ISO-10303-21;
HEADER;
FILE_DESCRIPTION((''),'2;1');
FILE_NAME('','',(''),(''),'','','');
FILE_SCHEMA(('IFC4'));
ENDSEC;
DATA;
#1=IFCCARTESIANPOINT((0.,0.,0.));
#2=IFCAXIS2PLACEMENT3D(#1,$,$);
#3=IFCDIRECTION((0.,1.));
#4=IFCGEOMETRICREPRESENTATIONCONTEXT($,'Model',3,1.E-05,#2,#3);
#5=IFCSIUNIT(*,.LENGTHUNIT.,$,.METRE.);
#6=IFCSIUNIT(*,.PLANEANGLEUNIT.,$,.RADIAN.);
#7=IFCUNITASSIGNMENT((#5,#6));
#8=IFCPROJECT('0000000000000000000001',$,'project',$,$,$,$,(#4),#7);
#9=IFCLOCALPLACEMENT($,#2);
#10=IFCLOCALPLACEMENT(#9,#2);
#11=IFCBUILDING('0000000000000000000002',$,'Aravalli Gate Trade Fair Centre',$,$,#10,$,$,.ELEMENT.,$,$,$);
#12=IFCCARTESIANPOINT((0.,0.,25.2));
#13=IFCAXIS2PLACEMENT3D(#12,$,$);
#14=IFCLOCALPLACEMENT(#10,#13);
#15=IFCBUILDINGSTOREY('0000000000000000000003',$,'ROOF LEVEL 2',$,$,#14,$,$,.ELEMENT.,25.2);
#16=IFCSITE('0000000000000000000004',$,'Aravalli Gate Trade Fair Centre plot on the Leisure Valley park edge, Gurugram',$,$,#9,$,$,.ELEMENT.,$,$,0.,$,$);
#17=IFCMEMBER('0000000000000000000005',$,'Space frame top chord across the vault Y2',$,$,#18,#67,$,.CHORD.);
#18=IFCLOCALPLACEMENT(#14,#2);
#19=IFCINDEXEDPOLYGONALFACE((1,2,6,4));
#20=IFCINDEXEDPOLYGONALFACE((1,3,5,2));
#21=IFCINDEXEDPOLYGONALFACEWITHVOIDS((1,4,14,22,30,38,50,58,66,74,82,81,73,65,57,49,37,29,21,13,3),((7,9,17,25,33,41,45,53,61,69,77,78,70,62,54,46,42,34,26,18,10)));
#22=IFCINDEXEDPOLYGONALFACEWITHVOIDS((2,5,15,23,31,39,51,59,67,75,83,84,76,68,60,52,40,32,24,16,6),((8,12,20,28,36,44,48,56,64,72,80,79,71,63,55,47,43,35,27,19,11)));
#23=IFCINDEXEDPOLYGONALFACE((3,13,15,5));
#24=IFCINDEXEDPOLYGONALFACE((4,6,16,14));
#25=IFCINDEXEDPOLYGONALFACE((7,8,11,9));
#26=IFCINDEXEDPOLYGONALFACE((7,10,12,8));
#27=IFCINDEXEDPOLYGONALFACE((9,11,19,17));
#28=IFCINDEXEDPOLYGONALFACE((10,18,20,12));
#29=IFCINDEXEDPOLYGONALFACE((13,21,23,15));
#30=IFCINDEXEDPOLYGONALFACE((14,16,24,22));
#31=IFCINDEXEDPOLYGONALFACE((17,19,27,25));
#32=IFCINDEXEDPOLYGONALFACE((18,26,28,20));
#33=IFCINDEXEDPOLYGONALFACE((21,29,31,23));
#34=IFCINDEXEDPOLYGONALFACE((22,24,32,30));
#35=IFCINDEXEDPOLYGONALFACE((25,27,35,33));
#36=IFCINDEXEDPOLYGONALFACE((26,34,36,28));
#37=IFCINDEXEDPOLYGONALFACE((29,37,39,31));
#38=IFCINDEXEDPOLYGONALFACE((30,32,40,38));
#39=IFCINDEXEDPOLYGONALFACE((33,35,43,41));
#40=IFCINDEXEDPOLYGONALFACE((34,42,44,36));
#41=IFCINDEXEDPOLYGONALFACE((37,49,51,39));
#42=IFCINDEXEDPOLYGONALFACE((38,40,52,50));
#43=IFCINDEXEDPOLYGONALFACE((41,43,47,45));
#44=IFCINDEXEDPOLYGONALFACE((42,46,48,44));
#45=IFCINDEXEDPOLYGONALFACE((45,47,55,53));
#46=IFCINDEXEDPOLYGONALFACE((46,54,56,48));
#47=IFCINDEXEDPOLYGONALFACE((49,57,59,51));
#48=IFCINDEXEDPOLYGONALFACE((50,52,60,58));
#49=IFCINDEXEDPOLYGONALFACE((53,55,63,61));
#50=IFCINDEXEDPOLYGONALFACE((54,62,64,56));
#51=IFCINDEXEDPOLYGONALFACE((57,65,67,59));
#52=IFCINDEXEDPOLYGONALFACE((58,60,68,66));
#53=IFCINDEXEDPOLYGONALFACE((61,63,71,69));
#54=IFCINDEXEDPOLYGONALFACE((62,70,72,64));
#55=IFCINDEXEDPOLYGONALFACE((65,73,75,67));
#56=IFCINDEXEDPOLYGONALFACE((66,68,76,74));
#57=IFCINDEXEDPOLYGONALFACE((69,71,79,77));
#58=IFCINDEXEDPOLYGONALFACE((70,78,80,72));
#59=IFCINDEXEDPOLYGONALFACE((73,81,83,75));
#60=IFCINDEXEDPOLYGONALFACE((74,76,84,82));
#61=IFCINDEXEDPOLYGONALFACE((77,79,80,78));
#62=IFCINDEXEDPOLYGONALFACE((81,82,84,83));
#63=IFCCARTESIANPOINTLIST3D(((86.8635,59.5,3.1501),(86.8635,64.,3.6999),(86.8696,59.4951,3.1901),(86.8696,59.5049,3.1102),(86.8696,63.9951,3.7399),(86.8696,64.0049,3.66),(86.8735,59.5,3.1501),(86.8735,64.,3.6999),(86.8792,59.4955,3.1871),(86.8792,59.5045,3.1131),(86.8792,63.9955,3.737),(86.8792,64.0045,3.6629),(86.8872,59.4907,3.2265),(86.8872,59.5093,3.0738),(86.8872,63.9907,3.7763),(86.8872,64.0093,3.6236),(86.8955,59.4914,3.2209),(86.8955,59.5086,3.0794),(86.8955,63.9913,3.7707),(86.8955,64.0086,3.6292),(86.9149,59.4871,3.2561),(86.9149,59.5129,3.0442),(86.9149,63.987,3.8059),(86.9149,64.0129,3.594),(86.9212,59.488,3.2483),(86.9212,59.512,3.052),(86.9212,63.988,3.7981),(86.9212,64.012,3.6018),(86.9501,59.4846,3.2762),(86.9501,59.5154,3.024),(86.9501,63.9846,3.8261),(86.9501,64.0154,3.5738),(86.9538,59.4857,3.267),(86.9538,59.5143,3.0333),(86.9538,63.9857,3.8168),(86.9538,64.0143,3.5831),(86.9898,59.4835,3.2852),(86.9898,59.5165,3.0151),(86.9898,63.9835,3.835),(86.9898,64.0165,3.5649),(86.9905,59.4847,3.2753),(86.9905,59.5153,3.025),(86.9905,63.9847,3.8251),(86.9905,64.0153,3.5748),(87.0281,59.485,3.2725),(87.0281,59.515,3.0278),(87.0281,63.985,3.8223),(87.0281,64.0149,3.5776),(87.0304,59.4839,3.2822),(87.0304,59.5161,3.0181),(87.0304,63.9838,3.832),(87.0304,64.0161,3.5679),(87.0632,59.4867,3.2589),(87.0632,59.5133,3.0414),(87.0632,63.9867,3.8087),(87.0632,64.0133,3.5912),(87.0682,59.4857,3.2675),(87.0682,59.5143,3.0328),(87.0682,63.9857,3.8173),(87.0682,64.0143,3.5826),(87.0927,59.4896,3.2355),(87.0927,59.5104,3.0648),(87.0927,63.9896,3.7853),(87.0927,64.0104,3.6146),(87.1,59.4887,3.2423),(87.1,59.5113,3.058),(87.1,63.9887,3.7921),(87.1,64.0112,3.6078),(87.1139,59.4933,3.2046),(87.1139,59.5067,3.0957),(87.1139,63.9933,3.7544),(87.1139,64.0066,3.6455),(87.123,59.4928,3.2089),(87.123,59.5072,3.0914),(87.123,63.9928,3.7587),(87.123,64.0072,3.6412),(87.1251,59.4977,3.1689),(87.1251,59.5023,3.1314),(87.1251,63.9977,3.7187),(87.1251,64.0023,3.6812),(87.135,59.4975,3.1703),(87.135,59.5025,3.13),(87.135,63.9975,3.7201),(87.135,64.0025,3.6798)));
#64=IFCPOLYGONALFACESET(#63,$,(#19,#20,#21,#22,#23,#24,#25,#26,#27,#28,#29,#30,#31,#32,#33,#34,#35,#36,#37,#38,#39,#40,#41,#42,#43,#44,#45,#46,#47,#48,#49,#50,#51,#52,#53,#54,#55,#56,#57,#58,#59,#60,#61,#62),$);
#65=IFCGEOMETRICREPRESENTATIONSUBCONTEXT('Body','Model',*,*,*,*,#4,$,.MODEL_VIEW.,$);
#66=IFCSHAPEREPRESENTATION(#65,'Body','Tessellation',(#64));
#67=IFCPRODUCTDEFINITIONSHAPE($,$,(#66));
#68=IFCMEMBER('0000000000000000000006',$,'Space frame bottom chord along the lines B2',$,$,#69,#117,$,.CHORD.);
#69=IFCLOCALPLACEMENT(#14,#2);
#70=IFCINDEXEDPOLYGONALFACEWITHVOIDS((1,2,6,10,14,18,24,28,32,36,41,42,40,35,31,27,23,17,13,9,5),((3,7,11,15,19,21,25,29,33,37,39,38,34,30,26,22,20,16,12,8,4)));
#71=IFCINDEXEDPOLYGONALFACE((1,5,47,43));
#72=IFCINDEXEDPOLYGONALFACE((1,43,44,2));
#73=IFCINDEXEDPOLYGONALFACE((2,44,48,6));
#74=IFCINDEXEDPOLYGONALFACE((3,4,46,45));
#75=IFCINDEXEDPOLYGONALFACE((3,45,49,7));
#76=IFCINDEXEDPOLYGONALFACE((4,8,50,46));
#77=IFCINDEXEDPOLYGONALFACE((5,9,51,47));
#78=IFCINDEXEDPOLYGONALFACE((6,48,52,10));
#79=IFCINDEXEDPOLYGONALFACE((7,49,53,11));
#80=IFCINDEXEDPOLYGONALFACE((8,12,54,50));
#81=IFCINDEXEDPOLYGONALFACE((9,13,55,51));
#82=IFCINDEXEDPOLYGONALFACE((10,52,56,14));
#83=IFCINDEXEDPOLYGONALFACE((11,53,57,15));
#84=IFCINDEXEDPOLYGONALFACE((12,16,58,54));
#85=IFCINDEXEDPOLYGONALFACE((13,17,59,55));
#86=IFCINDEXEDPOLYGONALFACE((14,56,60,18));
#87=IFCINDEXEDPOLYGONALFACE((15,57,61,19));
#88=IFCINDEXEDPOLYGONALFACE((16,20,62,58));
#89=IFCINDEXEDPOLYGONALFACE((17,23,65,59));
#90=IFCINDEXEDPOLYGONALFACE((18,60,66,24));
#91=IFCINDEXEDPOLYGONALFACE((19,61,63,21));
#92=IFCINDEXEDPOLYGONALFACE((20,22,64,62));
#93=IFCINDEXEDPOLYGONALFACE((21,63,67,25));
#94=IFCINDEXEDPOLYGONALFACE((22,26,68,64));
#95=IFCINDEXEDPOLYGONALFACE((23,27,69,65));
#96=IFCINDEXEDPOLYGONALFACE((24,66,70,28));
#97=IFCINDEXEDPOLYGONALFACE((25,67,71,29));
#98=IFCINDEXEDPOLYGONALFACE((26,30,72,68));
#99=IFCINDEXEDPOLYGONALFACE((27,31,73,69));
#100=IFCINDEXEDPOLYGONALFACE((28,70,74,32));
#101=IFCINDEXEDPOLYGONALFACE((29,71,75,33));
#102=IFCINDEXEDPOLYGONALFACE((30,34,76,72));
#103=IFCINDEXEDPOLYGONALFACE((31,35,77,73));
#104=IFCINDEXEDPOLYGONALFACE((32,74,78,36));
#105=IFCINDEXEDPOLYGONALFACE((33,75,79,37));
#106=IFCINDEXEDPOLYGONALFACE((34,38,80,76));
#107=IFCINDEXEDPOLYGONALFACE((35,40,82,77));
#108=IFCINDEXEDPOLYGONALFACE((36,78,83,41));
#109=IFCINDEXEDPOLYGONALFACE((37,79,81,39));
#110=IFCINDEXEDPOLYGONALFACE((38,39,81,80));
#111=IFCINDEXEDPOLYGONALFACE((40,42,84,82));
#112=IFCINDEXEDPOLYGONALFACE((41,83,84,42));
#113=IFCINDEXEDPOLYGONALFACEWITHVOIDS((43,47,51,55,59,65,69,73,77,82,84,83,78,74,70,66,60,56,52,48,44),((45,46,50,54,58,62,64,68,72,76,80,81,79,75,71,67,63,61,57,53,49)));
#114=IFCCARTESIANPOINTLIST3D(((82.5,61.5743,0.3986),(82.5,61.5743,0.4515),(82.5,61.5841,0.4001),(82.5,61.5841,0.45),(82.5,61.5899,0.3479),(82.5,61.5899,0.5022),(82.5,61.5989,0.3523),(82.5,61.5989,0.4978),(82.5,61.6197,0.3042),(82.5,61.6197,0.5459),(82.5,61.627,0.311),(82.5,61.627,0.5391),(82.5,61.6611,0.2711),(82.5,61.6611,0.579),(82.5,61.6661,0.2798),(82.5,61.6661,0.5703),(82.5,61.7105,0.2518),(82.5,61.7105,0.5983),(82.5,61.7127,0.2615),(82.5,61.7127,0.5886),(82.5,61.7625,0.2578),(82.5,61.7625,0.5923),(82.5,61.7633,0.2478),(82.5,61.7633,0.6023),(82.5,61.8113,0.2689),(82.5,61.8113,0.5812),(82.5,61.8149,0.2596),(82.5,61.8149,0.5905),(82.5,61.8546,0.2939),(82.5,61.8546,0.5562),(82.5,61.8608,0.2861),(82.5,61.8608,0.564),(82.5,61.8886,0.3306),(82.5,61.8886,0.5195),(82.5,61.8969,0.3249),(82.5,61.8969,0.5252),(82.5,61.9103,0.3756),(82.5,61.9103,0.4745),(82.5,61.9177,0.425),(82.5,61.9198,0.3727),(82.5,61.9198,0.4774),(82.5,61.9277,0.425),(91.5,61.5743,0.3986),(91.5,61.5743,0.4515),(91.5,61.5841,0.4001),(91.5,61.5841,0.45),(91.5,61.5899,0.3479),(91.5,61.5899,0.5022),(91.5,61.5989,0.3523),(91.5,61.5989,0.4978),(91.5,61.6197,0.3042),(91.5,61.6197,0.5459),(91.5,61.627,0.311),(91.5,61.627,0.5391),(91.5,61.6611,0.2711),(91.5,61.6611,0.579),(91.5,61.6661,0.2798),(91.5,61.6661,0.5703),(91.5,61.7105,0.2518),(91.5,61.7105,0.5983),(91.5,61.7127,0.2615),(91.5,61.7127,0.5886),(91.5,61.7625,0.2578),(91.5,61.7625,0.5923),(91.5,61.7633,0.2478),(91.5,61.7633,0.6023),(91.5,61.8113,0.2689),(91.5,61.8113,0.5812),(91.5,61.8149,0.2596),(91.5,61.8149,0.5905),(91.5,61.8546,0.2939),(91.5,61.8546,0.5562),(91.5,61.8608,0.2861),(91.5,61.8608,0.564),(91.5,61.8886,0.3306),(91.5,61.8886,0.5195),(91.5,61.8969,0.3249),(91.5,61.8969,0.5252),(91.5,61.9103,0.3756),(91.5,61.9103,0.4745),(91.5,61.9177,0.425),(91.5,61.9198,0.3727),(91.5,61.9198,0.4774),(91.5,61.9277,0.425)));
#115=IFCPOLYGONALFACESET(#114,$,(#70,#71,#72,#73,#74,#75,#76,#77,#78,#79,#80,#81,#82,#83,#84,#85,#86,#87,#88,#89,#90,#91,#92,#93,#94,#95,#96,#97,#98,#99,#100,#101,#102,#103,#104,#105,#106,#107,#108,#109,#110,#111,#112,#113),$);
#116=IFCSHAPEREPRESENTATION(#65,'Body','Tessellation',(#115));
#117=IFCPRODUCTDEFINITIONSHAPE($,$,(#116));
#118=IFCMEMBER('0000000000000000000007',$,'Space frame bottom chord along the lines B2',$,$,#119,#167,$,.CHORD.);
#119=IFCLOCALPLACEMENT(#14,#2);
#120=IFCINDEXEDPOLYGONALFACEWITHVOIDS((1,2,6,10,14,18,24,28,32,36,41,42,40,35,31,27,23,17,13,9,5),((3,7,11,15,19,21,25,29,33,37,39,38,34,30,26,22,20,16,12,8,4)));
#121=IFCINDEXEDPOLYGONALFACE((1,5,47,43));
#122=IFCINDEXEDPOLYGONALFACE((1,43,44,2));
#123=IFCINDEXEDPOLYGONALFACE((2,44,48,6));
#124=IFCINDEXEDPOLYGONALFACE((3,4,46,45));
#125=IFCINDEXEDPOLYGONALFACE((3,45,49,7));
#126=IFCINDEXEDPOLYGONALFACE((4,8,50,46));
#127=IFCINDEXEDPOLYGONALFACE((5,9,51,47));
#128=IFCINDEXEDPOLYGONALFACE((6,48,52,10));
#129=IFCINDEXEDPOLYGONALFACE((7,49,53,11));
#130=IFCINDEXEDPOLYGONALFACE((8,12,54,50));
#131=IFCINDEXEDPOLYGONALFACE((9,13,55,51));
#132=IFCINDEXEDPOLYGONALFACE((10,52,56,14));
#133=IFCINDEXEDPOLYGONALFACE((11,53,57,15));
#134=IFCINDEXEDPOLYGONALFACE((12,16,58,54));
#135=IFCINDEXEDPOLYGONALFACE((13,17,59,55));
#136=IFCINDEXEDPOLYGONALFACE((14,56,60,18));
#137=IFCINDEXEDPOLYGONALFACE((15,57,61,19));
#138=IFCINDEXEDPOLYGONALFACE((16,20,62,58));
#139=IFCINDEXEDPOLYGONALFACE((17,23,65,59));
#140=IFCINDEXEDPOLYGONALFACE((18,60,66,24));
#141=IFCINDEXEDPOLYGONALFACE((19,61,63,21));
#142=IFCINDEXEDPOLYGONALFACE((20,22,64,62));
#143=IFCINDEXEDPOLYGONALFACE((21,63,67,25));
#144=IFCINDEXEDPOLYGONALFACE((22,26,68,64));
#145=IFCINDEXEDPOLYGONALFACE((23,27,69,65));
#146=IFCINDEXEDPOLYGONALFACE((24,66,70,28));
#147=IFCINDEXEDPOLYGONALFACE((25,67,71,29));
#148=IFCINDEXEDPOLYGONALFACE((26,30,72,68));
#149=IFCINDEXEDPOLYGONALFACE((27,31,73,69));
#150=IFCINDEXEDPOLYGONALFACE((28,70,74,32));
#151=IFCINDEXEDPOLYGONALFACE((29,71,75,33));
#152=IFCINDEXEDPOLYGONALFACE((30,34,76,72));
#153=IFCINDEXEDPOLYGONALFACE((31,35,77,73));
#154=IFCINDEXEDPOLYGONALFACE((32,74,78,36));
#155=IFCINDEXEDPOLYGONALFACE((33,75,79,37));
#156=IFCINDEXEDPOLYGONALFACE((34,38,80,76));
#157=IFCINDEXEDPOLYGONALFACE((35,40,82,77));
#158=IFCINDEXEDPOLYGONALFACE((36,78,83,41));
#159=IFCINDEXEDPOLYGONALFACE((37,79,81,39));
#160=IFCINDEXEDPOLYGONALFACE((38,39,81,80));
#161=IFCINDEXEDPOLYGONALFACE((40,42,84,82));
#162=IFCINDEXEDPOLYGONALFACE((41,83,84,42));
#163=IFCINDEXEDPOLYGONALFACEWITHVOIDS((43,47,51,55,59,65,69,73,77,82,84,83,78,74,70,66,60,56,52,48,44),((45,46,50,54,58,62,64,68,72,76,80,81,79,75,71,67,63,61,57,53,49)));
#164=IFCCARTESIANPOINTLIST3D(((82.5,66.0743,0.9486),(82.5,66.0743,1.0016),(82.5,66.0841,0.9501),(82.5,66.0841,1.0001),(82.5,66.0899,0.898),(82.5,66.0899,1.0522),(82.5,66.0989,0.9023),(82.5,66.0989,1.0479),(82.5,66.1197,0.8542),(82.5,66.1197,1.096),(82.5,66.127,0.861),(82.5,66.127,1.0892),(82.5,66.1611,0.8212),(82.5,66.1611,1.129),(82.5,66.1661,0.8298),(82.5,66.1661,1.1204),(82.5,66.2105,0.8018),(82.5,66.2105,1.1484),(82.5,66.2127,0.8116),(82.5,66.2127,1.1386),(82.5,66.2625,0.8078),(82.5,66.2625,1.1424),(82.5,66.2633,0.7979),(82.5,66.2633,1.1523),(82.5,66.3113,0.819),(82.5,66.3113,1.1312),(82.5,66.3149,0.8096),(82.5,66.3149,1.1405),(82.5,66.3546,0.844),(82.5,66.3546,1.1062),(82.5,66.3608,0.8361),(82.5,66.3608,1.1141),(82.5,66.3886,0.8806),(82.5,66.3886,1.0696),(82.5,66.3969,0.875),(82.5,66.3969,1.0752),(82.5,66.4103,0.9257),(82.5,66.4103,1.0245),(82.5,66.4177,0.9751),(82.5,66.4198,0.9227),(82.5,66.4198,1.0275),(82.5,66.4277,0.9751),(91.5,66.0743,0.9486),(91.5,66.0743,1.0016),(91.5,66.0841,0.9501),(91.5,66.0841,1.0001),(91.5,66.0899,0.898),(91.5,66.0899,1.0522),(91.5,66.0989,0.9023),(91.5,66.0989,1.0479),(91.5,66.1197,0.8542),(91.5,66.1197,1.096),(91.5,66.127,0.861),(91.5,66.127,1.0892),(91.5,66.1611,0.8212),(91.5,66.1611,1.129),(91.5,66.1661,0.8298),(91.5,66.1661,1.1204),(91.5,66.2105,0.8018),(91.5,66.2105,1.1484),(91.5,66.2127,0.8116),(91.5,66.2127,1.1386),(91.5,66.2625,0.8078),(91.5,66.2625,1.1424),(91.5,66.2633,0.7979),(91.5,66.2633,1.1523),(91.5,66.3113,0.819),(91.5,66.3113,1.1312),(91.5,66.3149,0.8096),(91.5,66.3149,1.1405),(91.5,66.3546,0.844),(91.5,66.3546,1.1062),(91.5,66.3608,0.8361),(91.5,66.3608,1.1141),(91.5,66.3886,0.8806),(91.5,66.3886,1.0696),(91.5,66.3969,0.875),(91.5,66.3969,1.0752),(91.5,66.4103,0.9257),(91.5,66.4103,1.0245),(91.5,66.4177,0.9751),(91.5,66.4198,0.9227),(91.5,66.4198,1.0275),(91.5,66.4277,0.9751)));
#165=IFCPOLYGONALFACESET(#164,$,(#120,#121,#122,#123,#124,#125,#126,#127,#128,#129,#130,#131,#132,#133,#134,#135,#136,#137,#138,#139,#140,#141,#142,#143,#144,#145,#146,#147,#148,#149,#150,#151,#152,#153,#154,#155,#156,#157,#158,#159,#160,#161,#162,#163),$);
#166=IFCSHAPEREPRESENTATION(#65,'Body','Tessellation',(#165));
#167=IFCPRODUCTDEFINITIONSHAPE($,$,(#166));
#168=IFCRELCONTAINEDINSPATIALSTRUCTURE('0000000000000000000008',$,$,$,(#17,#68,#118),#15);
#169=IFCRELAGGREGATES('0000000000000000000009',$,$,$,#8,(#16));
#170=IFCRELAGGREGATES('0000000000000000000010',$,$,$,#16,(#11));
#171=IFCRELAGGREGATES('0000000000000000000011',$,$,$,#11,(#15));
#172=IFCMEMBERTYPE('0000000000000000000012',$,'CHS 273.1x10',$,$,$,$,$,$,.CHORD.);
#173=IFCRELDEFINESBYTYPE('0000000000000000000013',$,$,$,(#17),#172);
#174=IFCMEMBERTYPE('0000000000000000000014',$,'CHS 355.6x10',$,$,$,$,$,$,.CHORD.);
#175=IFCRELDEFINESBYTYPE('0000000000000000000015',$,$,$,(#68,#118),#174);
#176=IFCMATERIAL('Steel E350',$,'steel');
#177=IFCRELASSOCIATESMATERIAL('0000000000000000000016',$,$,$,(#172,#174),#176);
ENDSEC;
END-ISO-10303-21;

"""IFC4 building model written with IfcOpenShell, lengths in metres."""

from ifc_helpers import new_model, si_unit, direction, frame, origin, origin_2d, place, context, subcontext, project, spatial, hollow_circle, extrude, material, material_profile, profile_set, type_object, element, save


model = new_model("IFC4")

# Units and contexts
model_context = context("Model", 3, precision=1e-05, world=origin(), true_north=direction((0.0, 1.0)))
body_context = subcontext(model_context, "Body", "Model", "MODEL_VIEW")
ifc_project = project(units=[si_unit("LENGTHUNIT", "METRE"), si_unit("PLANEANGLEUNIT", "RADIAN")], contexts=[model_context])

# Site, building, storey
site_placement = place(None, origin())
site = spatial("IfcSite", under=ifc_project, at=site_placement, Name="Aravalli Gate Trade Fair Centre plot on the Leisure Valley park edge, Gurugram", CompositionType="ELEMENT", RefElevation=0.0)
building_placement = place(site_placement, origin())
building = spatial("IfcBuilding", under=site, at=building_placement, Name="Aravalli Gate Trade Fair Centre", CompositionType="ELEMENT")
storey_placement = place(building_placement, frame((0.0, 0.0, 25.2)))
storey = spatial("IfcBuildingStorey", under=building, at=storey_placement, Name="ROOF LEVEL 2", CompositionType="ELEMENT", Elevation=25.2)

# Members
ifc_material_1 = material(Name="Steel E350", Category="steel")
ifc_material_profile_1 = material_profile(ifc_material_1, hollow_circle(Radius=0.1365, WallThickness=0.01, at=origin_2d()), Name="CHS 273.1x10")
ifc_profile_set_1 = profile_set([ifc_material_profile_1], Name="Steel E350")
member_type_1 = type_object("IfcMemberType", Name="CHS 273.1x10", PredefinedType="CHORD", material=ifc_profile_set_1)
member_1_placement = place(storey_placement, frame((87.0, 59.5, 3.1501), z_axis=(0.0, 0.992619, 0.121277), x_axis=(-1.0, 0.0, 0.0)))
element("IfcMember", 1, at=member_1_placement, inside=storey, type_object=member_type_1, Name="Space frame top chord across the vault Y2", PredefinedType="CHORD", context=body_context, shape_type="SweptSolid", body=[
    extrude(hollow_circle(Radius=0.1365, WallThickness=0.01, at=origin_2d()), origin(), (0.0, 0.0, 1.0), 4.5334),
])
ifc_material_profile_2 = material_profile(ifc_material_1, hollow_circle(Radius=0.1777, WallThickness=0.01, at=origin_2d()), Name="CHS 355.6x10")
ifc_profile_set_2 = profile_set([ifc_material_profile_2], Name="Steel E350")
member_type_2 = type_object("IfcMemberType", Name="CHS 355.6x10", PredefinedType="CHORD", material=ifc_profile_set_2)
for number, where, z_axis, x_axis, name in (
    (2, (82.5, 61.75, 0.425), (1.0, 0.0, 0.0), (0.0, 1.0, 0.0), "Space frame bottom chord along the lines B2"),
    (3, (82.5, 66.25, 0.9751), (1.0, 0.0, 0.0), (0.0, 1.0, 0.0), "Space frame bottom chord along the lines B2"),
):
    element("IfcMember", number, at=place(storey_placement, frame(where, z_axis=z_axis, x_axis=x_axis)), inside=storey, type_object=member_type_2, Name=name, PredefinedType="CHORD", context=body_context, shape_type="SweptSolid", body=[
        extrude(hollow_circle(Radius=0.1777, WallThickness=0.01, at=origin_2d()), origin(), (0.0, 0.0, 1.0), 9.0),
    ])

save(model, "model.ifc")
